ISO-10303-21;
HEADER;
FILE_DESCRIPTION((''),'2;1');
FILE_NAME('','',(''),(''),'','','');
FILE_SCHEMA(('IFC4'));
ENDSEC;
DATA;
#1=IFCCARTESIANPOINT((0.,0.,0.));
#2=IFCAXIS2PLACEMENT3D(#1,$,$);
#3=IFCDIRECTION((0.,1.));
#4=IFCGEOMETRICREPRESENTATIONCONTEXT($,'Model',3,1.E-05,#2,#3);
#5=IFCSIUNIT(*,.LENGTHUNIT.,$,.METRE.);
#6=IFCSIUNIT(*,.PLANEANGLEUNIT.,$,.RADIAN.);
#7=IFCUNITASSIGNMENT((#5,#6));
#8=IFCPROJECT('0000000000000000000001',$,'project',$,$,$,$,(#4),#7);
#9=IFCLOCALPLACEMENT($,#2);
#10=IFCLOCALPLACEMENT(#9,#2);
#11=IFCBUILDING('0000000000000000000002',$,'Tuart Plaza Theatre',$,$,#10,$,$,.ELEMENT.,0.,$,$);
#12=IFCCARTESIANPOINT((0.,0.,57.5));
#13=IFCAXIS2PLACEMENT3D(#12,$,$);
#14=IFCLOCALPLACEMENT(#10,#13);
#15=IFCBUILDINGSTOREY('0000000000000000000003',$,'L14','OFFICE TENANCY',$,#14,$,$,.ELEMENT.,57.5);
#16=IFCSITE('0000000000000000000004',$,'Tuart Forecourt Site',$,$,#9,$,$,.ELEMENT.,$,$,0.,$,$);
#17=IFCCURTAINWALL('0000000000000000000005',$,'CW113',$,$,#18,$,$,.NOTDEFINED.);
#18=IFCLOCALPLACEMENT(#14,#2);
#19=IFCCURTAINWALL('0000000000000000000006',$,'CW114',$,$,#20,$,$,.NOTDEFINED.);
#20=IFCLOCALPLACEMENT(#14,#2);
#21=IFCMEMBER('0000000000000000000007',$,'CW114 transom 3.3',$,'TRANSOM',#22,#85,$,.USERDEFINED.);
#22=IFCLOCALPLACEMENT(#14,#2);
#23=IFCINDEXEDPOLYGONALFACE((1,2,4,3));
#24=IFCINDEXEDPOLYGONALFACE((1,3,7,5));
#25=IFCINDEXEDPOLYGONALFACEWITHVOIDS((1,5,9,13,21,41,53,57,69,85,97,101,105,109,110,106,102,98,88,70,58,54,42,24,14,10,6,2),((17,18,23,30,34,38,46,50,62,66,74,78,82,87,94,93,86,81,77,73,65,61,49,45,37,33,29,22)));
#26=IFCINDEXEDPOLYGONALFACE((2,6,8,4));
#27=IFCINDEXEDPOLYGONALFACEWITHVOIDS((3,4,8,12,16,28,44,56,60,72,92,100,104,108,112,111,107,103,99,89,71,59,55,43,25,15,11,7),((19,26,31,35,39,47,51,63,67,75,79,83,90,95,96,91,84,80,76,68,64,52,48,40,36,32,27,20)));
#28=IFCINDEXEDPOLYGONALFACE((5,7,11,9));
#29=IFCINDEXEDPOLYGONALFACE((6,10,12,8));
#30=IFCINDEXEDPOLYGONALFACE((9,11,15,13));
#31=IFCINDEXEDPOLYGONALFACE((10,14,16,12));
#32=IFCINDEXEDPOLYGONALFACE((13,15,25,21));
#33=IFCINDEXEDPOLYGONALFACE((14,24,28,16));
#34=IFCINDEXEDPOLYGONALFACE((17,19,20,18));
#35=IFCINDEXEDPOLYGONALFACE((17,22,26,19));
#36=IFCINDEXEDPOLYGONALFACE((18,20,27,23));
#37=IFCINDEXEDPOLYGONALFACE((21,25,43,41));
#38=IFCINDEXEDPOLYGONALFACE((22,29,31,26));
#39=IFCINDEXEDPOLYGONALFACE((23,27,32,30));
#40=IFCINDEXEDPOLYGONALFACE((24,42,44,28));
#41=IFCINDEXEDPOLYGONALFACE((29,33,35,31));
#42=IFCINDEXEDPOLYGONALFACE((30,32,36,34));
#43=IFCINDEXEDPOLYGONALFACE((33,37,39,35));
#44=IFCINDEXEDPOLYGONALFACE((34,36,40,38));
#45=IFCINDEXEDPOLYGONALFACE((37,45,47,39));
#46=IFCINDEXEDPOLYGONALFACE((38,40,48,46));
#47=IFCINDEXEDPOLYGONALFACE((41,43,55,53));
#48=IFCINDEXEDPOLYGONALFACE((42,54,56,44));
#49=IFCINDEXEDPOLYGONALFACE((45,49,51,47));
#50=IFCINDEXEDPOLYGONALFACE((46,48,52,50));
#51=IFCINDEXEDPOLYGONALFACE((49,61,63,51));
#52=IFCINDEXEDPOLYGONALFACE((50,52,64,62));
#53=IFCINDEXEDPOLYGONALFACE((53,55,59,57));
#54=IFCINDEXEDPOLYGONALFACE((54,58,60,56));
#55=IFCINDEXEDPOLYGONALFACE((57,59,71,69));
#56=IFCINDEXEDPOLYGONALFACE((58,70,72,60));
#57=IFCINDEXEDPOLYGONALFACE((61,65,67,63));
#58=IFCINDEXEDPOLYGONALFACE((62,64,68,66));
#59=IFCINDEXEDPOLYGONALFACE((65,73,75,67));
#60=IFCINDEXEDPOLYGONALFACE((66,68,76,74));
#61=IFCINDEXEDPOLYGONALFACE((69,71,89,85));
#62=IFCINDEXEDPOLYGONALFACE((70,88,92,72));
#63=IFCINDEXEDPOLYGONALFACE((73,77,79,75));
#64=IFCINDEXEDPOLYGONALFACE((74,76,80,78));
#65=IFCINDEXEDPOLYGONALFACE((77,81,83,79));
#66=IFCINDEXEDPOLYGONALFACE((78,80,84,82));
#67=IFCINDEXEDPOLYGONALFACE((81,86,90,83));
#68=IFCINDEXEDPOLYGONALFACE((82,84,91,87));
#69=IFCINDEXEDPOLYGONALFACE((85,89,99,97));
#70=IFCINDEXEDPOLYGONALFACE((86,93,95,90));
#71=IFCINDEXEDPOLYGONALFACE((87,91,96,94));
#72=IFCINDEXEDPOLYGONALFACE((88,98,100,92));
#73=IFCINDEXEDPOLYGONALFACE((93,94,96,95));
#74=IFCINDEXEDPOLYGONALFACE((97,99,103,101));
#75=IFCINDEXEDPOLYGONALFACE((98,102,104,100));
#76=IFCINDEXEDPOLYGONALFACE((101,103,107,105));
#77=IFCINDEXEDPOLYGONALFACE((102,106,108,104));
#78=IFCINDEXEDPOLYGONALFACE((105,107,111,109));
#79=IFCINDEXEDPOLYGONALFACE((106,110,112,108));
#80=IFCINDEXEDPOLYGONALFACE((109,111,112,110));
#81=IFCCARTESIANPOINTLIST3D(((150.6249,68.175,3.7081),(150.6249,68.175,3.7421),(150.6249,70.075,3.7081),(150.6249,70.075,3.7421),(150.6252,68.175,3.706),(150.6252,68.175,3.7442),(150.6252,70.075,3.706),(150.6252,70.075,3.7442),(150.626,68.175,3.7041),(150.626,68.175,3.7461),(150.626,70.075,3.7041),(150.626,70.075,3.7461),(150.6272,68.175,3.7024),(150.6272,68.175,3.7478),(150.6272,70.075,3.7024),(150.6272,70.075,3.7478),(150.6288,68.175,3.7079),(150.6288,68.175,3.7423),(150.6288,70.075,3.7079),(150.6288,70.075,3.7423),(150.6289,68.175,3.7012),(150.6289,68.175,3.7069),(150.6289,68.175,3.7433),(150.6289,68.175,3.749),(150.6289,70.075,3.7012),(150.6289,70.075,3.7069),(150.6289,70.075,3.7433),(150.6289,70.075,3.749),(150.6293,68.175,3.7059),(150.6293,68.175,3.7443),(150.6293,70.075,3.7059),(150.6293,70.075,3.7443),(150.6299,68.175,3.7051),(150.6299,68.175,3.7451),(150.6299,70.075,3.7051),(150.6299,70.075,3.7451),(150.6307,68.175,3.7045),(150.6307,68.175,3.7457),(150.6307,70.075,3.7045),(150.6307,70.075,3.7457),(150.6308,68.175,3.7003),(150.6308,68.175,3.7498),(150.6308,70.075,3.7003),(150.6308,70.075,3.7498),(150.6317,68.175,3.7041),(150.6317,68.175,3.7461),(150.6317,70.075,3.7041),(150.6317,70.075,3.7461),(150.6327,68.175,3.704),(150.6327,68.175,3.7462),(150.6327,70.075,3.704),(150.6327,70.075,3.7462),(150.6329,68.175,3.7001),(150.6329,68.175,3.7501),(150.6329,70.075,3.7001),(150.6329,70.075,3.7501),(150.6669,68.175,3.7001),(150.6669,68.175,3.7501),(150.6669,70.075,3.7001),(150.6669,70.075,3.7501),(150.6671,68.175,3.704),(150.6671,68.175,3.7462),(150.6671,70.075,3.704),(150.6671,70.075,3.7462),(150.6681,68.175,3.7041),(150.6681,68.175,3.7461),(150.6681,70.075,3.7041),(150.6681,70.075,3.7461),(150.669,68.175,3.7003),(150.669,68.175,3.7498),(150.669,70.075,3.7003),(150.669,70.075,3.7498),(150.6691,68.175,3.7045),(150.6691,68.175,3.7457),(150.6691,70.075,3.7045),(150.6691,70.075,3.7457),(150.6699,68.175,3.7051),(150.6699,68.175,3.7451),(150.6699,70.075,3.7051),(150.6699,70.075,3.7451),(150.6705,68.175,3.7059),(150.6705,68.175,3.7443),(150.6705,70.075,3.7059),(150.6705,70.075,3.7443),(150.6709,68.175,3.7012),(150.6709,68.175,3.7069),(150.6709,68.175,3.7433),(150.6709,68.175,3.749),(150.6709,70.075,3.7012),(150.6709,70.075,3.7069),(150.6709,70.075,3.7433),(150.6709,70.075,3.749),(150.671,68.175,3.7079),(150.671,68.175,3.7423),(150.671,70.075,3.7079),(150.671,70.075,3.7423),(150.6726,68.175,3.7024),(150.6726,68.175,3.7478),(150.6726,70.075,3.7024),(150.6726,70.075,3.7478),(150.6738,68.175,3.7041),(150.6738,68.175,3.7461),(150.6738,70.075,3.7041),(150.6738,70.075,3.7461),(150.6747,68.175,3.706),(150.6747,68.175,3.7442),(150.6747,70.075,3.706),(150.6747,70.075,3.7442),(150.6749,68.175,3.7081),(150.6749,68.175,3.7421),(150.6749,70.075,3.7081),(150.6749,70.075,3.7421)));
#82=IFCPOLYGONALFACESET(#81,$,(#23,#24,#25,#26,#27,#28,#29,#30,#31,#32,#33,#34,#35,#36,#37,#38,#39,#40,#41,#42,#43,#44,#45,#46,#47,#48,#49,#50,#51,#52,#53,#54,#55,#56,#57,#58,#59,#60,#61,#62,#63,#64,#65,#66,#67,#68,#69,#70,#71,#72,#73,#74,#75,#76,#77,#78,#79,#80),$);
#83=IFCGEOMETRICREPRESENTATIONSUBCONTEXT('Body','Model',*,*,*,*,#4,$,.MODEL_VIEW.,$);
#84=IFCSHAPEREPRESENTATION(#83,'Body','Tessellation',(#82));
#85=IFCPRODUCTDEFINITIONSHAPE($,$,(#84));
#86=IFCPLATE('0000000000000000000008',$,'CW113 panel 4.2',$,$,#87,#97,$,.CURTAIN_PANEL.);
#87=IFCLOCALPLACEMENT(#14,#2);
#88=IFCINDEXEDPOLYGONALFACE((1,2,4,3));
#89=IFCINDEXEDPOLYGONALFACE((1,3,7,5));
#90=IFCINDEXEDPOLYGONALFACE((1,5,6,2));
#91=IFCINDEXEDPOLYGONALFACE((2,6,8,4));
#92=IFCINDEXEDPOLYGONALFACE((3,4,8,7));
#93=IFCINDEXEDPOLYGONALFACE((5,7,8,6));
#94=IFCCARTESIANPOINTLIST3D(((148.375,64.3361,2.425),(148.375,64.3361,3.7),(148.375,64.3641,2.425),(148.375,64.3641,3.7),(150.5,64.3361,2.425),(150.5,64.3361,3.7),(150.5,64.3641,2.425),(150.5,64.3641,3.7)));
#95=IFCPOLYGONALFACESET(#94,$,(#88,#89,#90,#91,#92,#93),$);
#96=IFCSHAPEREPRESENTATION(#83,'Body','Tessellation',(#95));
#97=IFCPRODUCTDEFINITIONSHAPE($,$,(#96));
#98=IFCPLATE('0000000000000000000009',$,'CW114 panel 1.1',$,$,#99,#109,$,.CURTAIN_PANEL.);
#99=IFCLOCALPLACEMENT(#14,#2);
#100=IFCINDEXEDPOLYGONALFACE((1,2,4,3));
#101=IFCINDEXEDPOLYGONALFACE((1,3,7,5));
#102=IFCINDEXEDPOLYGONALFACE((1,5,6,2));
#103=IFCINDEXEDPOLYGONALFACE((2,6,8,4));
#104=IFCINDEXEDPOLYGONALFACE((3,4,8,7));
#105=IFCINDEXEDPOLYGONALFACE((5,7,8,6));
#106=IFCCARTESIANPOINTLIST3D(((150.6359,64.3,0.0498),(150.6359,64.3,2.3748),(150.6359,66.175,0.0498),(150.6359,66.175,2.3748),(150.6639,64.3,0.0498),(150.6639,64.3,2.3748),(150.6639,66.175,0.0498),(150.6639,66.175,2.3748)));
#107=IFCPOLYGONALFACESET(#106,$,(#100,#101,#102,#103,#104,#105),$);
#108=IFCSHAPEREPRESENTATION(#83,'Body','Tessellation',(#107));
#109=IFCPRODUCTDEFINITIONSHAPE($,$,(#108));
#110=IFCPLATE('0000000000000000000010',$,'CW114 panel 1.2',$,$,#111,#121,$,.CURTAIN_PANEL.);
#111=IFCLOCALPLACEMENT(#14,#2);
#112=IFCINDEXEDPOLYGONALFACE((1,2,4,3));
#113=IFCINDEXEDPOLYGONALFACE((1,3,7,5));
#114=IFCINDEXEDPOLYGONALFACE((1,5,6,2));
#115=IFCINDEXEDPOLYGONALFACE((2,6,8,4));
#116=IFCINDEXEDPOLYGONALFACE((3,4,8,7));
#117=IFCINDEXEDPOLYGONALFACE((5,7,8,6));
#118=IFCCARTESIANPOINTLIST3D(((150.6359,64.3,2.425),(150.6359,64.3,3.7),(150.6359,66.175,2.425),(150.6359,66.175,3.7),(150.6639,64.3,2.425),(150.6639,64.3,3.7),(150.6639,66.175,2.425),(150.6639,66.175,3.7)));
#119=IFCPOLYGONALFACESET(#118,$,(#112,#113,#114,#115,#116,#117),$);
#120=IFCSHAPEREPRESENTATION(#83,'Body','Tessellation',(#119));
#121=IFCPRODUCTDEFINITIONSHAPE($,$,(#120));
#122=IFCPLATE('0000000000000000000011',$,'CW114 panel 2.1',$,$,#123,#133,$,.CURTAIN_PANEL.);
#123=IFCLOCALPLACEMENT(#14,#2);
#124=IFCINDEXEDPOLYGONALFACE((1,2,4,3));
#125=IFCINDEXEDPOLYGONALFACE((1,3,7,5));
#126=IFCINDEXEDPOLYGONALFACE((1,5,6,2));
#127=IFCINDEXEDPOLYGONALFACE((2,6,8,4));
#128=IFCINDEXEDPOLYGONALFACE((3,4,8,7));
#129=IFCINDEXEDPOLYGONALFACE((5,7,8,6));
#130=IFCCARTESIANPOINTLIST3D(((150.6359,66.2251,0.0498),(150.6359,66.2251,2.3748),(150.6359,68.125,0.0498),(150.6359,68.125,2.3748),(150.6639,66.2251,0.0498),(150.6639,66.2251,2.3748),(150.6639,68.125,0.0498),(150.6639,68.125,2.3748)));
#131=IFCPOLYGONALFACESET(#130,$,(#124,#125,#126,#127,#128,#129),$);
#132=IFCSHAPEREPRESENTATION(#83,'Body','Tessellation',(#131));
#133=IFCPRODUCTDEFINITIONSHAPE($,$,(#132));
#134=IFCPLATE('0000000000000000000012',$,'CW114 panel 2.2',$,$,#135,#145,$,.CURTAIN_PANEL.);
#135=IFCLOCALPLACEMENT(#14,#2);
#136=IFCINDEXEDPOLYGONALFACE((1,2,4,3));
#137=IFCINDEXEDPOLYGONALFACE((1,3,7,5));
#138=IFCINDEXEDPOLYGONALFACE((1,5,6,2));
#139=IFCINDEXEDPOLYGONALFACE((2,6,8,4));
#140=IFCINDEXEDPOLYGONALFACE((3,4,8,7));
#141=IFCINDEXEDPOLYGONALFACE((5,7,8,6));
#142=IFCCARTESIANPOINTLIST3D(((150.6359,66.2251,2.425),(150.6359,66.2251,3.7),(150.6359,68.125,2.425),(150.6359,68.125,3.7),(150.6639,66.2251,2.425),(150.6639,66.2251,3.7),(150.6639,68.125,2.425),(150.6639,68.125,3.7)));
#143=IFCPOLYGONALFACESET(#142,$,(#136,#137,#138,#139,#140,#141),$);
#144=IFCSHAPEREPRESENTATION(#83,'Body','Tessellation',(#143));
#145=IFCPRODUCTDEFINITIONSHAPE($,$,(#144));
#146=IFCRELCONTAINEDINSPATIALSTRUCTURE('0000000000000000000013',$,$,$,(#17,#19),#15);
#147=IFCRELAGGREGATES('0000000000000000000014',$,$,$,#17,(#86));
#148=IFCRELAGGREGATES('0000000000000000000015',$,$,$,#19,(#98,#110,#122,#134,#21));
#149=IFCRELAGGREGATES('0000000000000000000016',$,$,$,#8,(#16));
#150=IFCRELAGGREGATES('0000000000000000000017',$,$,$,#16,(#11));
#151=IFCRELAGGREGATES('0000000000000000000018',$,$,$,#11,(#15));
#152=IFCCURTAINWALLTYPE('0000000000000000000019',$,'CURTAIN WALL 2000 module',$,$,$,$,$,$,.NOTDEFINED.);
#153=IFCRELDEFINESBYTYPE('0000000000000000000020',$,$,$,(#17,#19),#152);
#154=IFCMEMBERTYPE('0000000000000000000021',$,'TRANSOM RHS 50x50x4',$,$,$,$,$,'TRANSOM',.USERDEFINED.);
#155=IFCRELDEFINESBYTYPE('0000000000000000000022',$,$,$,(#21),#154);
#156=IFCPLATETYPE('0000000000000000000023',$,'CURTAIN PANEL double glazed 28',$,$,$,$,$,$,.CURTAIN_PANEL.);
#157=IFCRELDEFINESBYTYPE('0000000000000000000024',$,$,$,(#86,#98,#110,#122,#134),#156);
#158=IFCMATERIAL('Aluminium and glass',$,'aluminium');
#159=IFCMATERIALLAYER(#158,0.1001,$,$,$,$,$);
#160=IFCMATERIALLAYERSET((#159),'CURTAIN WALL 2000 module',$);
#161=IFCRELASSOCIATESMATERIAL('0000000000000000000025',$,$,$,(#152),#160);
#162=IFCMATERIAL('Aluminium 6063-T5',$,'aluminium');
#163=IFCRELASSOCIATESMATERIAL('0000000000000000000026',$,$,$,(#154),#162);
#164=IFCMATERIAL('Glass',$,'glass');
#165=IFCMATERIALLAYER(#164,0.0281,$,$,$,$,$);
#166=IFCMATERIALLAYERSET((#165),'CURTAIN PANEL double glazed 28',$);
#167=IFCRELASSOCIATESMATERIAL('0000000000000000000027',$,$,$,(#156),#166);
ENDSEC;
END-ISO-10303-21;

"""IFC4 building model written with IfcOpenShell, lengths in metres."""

from ifc_helpers import new_model, si_unit, direction, frame, origin, origin_2d, place, context, subcontext, project, spatial, rectangle, hollow_rectangle, extrude, material, layer, layer_set, material_profile, profile_set, type_object, element, aggregate, save


model = new_model("IFC4")

# Units and contexts
model_context = context("Model", 3, precision=1e-05, world=origin(), true_north=direction((0.0, 1.0)))
body_context = subcontext(model_context, "Body", "Model", "MODEL_VIEW")
ifc_project = project(units=[si_unit("LENGTHUNIT", "METRE"), si_unit("PLANEANGLEUNIT", "RADIAN")], contexts=[model_context])

# Site, building, storey
site_placement = place(None, origin())
site = spatial("IfcSite", under=ifc_project, at=site_placement, Name="Tuart Forecourt Site", CompositionType="ELEMENT", RefElevation=0.0)
building_placement = place(site_placement, origin())
building = spatial("IfcBuilding", under=site, at=building_placement, Name="Tuart Plaza Theatre", CompositionType="ELEMENT", ElevationOfRefHeight=0.0)
storey_placement = place(building_placement, frame((0.0, 0.0, 57.5)))
storey = spatial("IfcBuildingStorey", under=building, at=storey_placement, Name="L14", Description="OFFICE TENANCY", CompositionType="ELEMENT", Elevation=57.5)

# Curtain wall
ifc_material_1 = material(Name="Aluminium and glass", Category="aluminium")
ifc_layer_1 = layer(ifc_material_1, 0.1001)
ifc_layer_set_1 = layer_set([ifc_layer_1], Name="CURTAIN WALL 2000 module")
curtain_wall_type = type_object("IfcCurtainWallType", Name="CURTAIN WALL 2000 module", PredefinedType="NOTDEFINED", material=ifc_layer_set_1)
curtain_wall_1_placement = place(storey_placement, origin())
curtain_wall_1 = element("IfcCurtainWall", 1, at=curtain_wall_1_placement, inside=storey, type_object=curtain_wall_type, Name="CW113", PredefinedType="NOTDEFINED")

# Curtain wall, member
curtain_wall_2_placement = place(storey_placement, origin())
curtain_wall_2 = element("IfcCurtainWall", 2, at=curtain_wall_2_placement, inside=storey, type_object=curtain_wall_type, Name="CW114", PredefinedType="NOTDEFINED")
ifc_material_2 = material(Name="Aluminium 6063-T5", Category="aluminium")
ifc_material_profile_1 = material_profile(ifc_material_2, hollow_rectangle(XDim=0.05, YDim=0.05, WallThickness=0.0039, InnerFilletRadius=0.0039, OuterFilletRadius=0.0081, at=origin_2d()), Name="RHS 50x50x4")
ifc_profile_set_1 = profile_set([ifc_material_profile_1], Name="Aluminium 6063-T5")
member_type_1 = type_object("IfcMemberType", Name="TRANSOM RHS 50x50x4", ElementType="TRANSOM", PredefinedType="USERDEFINED", material=ifc_profile_set_1)
member_1_placement = place(storey_placement, frame((150.6499, 68.175, 3.7251), z_axis=(0.0, 1.0, 0.0), x_axis=(-1.0, 0.0, 0.0)))
member_1 = element("IfcMember", 3, at=member_1_placement, type_object=member_type_1, Name="CW114 transom 3.3", ObjectType="TRANSOM", PredefinedType="USERDEFINED", context=body_context, shape_type="SweptSolid", body=[
    extrude(hollow_rectangle(XDim=0.05, YDim=0.05, WallThickness=0.0039, InnerFilletRadius=0.0039, OuterFilletRadius=0.0081, at=origin_2d()), origin(), (0.0, 0.0, 1.0), 1.8999),
])

# Plates
ifc_material_3 = material(Name="Glass", Category="glass")
ifc_layer_2 = layer(ifc_material_3, 0.0281)
ifc_layer_set_2 = layer_set([ifc_layer_2], Name="CURTAIN PANEL double glazed 28")
plate_type = type_object("IfcPlateType", Name="CURTAIN PANEL double glazed 28", PredefinedType="CURTAIN_PANEL", material=ifc_layer_set_2)
plate_1_placement = place(storey_placement, frame((149.4375, 64.3501, 2.425), z_axis=(0.0, 0.0, 1.0), x_axis=(1.0, 0.0, 0.0)))
plate_1 = element("IfcPlate", 4, at=plate_1_placement, type_object=plate_type, Name="CW113 panel 4.2", PredefinedType="CURTAIN_PANEL", context=body_context, shape_type="SweptSolid", body=[
    extrude(rectangle(XDim=2.125, YDim=0.0281, at=origin_2d()), origin(), (0.0, 0.0, 1.0), 1.2749),
])
aggregate(curtain_wall_1, [plate_1])
plate_2_placement = place(storey_placement, frame((150.6499, 65.2375, 0.0498), z_axis=(0.0, 0.0, 1.0), x_axis=(0.0, 1.0, 0.0)))
plate_2 = element("IfcPlate", 5, at=plate_2_placement, type_object=plate_type, Name="CW114 panel 1.1", PredefinedType="CURTAIN_PANEL", context=body_context, shape_type="SweptSolid", body=[
    extrude(rectangle(XDim=1.875, YDim=0.0281, at=origin_2d()), origin(), (0.0, 0.0, 1.0), 2.325),
])
plate_3_placement = place(storey_placement, frame((150.6499, 65.2375, 2.425), z_axis=(0.0, 0.0, 1.0), x_axis=(0.0, 1.0, 0.0)))
plate_3 = element("IfcPlate", 6, at=plate_3_placement, type_object=plate_type, Name="CW114 panel 1.2", PredefinedType="CURTAIN_PANEL", context=body_context, shape_type="SweptSolid", body=[
    extrude(rectangle(XDim=1.875, YDim=0.0281, at=origin_2d()), origin(), (0.0, 0.0, 1.0), 1.2749),
])
plate_4_placement = place(storey_placement, frame((150.6499, 67.175, 0.0498), z_axis=(0.0, 0.0, 1.0), x_axis=(0.0, 1.0, 0.0)))
plate_4 = element("IfcPlate", 7, at=plate_4_placement, type_object=plate_type, Name="CW114 panel 2.1", PredefinedType="CURTAIN_PANEL", context=body_context, shape_type="SweptSolid", body=[
    extrude(rectangle(XDim=1.8999, YDim=0.0281, at=origin_2d()), origin(), (0.0, 0.0, 1.0), 2.325),
])
plate_5_placement = place(storey_placement, frame((150.6499, 67.175, 2.425), z_axis=(0.0, 0.0, 1.0), x_axis=(0.0, 1.0, 0.0)))
plate_5 = element("IfcPlate", 8, at=plate_5_placement, type_object=plate_type, Name="CW114 panel 2.2", PredefinedType="CURTAIN_PANEL", context=body_context, shape_type="SweptSolid", body=[
    extrude(rectangle(XDim=1.8999, YDim=0.0281, at=origin_2d()), origin(), (0.0, 0.0, 1.0), 1.2749),
])
aggregate(curtain_wall_2, [plate_2, plate_3, plate_4, plate_5, member_1])

save(model, "model.ifc")
